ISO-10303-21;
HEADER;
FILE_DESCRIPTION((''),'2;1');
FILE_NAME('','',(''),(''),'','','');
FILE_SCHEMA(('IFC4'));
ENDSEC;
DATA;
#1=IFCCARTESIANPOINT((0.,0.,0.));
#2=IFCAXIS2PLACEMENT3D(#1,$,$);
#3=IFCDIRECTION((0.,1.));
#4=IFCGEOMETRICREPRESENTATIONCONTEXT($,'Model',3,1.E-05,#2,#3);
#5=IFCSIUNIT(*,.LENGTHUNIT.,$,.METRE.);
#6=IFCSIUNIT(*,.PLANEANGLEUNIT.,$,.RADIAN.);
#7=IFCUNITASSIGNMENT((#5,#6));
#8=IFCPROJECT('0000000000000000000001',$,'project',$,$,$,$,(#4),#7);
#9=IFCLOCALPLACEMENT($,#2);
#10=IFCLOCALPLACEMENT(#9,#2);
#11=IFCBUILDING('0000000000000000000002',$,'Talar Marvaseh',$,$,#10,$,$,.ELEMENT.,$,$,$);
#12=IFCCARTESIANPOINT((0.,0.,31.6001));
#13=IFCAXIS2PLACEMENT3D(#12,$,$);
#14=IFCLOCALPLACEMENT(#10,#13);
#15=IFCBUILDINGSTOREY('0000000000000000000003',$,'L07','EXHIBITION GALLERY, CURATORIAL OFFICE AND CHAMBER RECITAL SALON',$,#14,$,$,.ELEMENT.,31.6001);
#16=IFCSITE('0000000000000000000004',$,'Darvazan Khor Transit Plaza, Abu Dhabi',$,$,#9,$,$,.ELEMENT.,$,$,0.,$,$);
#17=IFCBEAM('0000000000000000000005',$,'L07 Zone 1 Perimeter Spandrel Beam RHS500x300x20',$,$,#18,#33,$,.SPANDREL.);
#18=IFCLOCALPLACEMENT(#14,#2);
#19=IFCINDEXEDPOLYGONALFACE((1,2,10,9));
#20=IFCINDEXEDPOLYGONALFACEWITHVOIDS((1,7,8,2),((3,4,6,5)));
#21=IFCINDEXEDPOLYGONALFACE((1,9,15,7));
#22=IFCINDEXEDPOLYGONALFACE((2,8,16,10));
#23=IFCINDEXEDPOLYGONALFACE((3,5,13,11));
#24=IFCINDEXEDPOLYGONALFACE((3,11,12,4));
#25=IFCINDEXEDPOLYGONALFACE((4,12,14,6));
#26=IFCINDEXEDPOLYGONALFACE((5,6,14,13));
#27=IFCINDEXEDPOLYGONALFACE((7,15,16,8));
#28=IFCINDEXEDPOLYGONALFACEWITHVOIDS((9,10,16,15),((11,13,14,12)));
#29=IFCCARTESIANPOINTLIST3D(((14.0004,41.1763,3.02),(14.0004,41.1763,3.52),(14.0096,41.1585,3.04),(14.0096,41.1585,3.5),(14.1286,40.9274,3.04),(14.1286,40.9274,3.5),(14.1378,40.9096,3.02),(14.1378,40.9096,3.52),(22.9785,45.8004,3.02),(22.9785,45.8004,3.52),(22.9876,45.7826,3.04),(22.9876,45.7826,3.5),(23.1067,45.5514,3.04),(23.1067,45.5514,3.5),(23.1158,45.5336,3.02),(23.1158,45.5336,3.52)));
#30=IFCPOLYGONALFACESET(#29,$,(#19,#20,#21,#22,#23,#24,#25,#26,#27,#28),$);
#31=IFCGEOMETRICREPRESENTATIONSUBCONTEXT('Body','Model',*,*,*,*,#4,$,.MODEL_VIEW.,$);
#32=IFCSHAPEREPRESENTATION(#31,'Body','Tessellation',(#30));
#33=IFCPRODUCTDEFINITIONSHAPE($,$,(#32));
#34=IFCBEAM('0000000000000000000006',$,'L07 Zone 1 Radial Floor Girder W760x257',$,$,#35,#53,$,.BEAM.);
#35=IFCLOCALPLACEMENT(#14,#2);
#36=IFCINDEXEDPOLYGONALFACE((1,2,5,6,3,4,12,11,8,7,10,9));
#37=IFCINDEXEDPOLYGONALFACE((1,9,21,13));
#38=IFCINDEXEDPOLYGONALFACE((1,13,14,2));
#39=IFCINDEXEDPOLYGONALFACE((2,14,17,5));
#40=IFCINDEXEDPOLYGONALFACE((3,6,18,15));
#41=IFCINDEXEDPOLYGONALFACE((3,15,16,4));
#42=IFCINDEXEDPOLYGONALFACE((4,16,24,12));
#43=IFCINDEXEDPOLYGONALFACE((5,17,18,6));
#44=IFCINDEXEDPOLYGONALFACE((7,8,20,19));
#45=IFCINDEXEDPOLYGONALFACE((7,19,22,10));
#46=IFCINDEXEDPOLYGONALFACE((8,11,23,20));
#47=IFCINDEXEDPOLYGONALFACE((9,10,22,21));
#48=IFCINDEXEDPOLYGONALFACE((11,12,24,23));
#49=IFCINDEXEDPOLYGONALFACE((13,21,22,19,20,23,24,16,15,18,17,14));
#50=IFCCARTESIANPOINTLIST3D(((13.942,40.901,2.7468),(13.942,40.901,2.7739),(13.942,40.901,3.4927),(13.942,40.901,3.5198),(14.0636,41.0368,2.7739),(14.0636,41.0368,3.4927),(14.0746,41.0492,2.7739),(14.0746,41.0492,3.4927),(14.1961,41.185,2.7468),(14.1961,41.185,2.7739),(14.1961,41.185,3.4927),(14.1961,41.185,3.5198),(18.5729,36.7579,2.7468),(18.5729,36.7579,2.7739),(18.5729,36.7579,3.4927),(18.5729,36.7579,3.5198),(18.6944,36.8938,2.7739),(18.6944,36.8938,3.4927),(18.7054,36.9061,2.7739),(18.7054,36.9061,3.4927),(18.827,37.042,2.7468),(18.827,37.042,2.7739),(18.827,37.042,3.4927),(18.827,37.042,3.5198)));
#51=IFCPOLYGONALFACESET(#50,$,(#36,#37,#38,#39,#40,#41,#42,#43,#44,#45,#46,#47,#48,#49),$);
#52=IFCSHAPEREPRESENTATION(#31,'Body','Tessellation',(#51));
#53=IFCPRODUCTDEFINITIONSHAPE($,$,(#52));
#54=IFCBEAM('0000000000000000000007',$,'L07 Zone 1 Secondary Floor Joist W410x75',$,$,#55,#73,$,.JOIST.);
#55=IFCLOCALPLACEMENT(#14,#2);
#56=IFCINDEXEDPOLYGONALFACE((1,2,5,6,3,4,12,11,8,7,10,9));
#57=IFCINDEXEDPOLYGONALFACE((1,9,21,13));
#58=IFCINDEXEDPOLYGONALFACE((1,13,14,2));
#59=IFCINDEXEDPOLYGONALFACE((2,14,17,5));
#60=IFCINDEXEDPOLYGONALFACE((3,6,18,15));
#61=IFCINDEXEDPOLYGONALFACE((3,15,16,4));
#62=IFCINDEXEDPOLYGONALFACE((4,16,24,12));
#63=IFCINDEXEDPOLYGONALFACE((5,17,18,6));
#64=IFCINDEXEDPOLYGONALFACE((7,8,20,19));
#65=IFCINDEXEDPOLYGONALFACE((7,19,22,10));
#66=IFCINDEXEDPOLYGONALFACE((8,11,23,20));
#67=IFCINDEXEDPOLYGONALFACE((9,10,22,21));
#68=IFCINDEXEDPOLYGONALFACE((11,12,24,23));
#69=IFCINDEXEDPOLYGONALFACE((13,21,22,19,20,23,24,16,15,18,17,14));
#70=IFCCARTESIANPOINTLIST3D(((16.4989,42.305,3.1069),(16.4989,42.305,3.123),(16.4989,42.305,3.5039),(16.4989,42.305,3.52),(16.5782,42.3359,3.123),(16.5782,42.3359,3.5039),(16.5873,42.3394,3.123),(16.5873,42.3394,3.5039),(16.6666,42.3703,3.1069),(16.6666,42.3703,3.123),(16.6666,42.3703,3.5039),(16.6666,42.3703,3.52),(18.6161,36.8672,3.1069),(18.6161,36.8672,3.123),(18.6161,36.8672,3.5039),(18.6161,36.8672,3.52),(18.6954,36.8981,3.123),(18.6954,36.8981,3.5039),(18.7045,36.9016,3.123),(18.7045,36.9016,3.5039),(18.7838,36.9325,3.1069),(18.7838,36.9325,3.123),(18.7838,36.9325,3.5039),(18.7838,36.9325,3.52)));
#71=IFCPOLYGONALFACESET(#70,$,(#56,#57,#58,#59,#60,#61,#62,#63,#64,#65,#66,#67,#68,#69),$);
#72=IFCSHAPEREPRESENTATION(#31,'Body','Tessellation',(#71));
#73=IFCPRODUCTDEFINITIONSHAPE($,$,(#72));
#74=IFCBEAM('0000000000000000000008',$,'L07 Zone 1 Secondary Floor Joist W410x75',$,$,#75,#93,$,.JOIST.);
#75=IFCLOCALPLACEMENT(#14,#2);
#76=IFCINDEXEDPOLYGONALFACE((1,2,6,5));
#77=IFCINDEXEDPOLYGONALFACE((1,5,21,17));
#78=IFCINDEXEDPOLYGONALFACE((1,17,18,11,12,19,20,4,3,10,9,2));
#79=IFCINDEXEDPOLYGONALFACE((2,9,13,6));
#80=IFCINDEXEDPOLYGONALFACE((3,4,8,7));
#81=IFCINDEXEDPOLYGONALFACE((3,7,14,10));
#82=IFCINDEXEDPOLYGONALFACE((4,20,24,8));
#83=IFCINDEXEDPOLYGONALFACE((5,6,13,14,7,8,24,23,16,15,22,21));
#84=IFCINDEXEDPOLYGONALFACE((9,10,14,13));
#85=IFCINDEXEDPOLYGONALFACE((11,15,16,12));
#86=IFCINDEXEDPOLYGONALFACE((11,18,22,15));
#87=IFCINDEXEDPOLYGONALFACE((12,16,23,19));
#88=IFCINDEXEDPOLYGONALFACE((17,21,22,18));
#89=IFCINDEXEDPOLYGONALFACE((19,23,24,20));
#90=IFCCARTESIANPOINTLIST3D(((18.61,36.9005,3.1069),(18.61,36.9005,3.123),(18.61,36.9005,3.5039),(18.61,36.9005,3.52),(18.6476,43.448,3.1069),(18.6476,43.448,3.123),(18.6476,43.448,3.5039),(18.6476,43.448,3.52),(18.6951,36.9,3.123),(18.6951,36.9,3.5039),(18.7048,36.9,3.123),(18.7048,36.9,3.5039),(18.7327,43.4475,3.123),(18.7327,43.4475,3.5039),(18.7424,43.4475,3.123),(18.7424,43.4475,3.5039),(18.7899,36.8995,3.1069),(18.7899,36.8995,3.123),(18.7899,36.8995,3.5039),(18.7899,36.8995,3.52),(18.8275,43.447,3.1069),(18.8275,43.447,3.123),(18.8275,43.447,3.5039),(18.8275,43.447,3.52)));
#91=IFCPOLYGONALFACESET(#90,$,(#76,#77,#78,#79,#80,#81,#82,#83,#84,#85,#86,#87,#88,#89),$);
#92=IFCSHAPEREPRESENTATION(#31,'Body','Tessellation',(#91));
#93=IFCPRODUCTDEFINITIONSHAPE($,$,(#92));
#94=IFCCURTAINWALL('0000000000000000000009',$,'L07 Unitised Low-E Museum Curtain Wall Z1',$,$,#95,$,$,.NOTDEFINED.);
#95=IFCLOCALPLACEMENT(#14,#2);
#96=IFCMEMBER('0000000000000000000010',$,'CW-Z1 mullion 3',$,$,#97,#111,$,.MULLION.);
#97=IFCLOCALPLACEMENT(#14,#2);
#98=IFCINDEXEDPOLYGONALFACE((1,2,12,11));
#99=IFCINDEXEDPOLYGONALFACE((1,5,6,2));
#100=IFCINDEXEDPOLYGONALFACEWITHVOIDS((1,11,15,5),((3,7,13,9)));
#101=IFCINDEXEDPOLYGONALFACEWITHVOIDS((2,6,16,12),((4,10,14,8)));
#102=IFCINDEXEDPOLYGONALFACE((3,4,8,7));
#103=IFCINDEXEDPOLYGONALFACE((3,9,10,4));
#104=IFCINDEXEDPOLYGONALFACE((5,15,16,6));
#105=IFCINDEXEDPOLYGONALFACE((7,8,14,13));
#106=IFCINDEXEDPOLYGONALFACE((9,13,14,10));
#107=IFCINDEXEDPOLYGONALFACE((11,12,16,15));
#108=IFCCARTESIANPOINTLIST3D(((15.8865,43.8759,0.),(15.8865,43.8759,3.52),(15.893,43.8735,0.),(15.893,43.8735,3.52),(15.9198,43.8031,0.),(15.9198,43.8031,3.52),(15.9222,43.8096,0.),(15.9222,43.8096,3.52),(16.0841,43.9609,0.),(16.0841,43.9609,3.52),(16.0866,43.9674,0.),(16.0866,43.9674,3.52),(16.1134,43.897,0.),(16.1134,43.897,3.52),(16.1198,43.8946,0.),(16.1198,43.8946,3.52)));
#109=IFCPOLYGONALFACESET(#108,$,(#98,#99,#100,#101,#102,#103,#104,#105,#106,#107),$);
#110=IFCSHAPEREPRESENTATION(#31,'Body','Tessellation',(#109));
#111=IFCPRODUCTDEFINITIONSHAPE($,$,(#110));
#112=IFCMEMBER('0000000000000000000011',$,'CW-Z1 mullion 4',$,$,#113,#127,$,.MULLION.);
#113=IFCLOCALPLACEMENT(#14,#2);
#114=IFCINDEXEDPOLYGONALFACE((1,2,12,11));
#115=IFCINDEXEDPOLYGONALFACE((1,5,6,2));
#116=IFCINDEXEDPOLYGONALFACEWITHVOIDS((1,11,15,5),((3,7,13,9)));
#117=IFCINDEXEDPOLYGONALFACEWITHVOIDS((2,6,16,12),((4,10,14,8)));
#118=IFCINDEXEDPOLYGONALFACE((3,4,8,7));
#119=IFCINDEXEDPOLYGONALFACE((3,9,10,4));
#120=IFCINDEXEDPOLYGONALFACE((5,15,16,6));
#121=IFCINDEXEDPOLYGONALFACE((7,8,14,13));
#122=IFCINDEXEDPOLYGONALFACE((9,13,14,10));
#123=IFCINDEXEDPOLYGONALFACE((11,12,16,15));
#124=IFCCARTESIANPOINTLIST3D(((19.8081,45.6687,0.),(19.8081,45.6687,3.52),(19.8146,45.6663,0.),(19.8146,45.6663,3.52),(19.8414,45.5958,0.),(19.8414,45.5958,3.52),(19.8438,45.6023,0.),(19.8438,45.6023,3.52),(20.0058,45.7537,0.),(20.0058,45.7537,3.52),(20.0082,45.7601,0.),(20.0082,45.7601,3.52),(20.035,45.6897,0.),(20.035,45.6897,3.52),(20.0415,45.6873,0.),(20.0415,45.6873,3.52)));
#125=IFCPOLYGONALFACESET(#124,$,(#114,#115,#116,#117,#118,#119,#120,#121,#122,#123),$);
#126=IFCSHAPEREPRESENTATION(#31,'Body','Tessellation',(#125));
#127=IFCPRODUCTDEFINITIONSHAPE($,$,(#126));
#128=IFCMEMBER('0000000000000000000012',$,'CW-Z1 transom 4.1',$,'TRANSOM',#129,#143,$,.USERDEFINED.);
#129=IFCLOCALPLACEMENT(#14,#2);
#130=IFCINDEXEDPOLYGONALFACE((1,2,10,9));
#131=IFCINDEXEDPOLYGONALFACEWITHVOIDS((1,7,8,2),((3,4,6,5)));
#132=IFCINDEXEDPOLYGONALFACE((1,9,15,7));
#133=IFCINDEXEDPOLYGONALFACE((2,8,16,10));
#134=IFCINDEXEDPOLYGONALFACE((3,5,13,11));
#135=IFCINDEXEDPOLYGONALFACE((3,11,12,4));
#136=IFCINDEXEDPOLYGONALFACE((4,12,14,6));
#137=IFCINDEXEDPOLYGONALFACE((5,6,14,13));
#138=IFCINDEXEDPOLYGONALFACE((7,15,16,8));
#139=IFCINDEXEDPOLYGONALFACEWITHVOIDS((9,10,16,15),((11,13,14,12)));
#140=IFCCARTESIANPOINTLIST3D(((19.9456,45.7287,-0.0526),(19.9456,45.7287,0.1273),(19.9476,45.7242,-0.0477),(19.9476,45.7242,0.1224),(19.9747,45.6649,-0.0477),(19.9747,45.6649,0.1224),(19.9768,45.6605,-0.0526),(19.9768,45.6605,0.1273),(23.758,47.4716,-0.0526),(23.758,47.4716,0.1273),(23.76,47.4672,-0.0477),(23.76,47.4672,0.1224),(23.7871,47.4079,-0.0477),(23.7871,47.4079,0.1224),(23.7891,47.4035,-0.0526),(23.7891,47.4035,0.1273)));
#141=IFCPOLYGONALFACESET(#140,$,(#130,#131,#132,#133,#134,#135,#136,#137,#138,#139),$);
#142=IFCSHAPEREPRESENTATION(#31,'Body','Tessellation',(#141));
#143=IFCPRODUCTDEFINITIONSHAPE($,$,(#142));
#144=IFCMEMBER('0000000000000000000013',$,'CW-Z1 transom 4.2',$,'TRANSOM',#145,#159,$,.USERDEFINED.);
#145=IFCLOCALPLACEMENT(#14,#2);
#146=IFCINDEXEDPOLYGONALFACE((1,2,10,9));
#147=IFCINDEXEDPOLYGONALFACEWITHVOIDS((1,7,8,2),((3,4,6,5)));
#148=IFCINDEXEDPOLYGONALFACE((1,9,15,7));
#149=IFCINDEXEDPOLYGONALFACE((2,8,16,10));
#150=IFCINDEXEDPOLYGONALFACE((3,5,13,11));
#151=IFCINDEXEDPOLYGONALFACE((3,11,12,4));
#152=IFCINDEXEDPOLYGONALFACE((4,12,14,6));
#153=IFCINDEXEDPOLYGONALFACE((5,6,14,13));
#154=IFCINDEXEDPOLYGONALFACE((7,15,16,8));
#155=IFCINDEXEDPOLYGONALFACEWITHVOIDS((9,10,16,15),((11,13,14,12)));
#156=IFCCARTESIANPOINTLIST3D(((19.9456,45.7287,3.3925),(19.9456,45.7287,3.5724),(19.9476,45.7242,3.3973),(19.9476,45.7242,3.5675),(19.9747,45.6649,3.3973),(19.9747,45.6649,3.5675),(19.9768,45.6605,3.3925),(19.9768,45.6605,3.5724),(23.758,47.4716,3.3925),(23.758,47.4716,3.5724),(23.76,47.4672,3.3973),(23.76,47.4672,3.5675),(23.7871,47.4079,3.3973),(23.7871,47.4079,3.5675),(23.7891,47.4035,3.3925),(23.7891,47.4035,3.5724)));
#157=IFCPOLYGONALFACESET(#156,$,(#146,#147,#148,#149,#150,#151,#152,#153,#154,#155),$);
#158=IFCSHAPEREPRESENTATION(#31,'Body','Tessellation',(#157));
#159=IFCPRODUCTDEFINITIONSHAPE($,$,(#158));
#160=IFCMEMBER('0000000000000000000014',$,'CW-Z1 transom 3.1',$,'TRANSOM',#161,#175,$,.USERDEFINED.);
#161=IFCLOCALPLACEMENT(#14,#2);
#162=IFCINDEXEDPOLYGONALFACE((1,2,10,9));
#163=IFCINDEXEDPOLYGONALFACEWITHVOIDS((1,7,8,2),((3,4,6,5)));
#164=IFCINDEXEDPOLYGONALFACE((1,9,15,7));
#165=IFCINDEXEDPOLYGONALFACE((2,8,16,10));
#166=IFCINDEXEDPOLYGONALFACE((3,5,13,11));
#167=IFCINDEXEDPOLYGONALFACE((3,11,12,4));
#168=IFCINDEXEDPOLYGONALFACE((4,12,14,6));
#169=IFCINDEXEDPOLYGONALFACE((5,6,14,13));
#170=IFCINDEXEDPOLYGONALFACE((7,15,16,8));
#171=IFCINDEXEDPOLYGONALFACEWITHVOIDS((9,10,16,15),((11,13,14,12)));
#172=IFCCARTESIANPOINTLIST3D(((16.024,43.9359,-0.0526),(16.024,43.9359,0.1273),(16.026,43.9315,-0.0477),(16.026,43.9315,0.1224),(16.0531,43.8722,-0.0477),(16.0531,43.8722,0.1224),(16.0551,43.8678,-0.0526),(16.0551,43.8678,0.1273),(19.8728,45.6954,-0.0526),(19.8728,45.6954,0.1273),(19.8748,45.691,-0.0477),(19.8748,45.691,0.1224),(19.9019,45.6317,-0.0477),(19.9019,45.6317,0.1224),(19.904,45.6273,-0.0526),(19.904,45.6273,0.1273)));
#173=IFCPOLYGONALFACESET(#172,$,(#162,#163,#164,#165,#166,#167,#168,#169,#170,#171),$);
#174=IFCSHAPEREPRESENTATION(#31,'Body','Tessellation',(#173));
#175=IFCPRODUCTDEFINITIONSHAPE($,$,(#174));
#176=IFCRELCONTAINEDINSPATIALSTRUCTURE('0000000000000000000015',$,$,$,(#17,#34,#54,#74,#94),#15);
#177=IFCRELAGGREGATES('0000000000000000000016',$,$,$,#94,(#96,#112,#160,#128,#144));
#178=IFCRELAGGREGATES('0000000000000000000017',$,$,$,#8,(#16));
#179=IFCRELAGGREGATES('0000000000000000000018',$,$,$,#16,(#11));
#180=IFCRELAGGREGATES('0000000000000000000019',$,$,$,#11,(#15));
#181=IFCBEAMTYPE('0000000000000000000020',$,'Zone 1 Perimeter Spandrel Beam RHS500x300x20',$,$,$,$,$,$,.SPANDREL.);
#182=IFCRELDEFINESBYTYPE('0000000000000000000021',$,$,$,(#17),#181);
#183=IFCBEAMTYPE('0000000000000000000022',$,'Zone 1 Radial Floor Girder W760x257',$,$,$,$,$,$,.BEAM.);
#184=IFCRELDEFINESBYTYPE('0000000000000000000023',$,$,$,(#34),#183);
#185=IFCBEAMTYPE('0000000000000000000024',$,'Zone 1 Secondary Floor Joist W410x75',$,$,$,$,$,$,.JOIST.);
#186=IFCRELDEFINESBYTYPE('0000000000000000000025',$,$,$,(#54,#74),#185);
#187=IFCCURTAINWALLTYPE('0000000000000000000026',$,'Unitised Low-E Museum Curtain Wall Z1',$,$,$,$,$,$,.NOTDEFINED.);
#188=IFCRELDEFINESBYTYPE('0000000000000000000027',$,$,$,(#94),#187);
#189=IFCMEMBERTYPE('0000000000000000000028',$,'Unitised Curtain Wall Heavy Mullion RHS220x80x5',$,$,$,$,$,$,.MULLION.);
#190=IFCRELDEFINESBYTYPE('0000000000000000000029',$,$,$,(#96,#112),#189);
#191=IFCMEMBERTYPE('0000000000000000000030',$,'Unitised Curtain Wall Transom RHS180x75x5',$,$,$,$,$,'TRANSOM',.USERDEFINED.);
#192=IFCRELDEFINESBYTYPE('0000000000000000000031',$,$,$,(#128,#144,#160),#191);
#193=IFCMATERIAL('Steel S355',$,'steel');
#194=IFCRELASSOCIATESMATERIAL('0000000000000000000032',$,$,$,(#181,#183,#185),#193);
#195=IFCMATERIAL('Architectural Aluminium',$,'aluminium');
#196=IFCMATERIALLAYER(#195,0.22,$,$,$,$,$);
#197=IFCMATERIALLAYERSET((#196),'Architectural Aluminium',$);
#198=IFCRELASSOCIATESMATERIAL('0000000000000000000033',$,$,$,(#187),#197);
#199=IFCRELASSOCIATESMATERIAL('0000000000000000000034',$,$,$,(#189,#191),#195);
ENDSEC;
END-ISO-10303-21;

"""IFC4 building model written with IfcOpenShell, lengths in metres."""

from ifc_helpers import new_model, si_unit, direction, frame, origin, origin_2d, place, context, subcontext, project, spatial, hollow_rectangle, i_section, extrude, source, transform, mapped, material, layer, layer_set, material_profile, profile_set, type_object, type_shapes, element, aggregate, save


model = new_model("IFC4")

# Units and contexts
model_context = context("Model", 3, precision=1e-05, world=origin(), true_north=direction((0.0, 1.0)))
body_context = subcontext(model_context, "Body", "Model", "MODEL_VIEW")
ifc_project = project(units=[si_unit("LENGTHUNIT", "METRE"), si_unit("PLANEANGLEUNIT", "RADIAN")], contexts=[model_context])

# Site, building, storey
site_placement = place(None, origin())
site = spatial("IfcSite", under=ifc_project, at=site_placement, Name="Darvazan Khor Transit Plaza, Abu Dhabi", CompositionType="ELEMENT", RefElevation=0.0)
building_placement = place(site_placement, origin())
building = spatial("IfcBuilding", under=site, at=building_placement, Name="Talar Marvaseh", CompositionType="ELEMENT")
storey_placement = place(building_placement, frame((0.0, 0.0, 31.6001)))
storey = spatial("IfcBuildingStorey", under=building, at=storey_placement, Name="L07", Description="EXHIBITION GALLERY, CURATORIAL OFFICE AND CHAMBER RECITAL SALON", CompositionType="ELEMENT", Elevation=31.6001)

# Beams
ifc_material_1 = material(Name="Steel S355", Category="steel")
ifc_material_profile_1 = material_profile(ifc_material_1, hollow_rectangle(XDim=0.3, YDim=0.5, WallThickness=0.02, at=origin_2d()), Name="RHS500x300x20")
ifc_profile_set_1 = profile_set([ifc_material_profile_1], Name="Steel S355")
beam_type_1 = type_object("IfcBeamType", Name="Zone 1 Perimeter Spandrel Beam RHS500x300x20", PredefinedType="SPANDREL", material=ifc_profile_set_1)
beam_1_placement = place(storey_placement, frame((14.0691, 41.043, 3.27), z_axis=(0.889016, 0.457877, 0.0), x_axis=(-0.457877, 0.889016, 0.0)))
element("IfcBeam", 1, at=beam_1_placement, inside=storey, type_object=beam_type_1, Name="L07 Zone 1 Perimeter Spandrel Beam RHS500x300x20", PredefinedType="SPANDREL", context=body_context, shape_type="SweptSolid", body=[
    extrude(hollow_rectangle(XDim=0.3, YDim=0.5, WallThickness=0.02, at=origin_2d()), origin(), (0.0, 0.0, 1.0), 10.0989),
])
ifc_material_profile_2 = material_profile(ifc_material_1, i_section(OverallWidth=0.3811, OverallDepth=0.7729, WebThickness=0.0166, FlangeThickness=0.0271, at=origin_2d()), Name="W760x257")
ifc_profile_set_2 = profile_set([ifc_material_profile_2], Name="Steel S355")
beam_type_2 = type_object("IfcBeamType", Name="Zone 1 Radial Floor Girder W760x257", PredefinedType="BEAM", material=ifc_profile_set_2)
beam_2_placement = place(storey_placement, frame((14.0691, 41.043, 3.1333), z_axis=(0.745268, -0.666765, 0.0), x_axis=(0.666765, 0.745268, 0.0)))
element("IfcBeam", 2, at=beam_2_placement, inside=storey, type_object=beam_type_2, Name="L07 Zone 1 Radial Floor Girder W760x257", PredefinedType="BEAM", context=body_context, shape_type="SweptSolid", body=[
    extrude(i_section(OverallWidth=0.3811, OverallDepth=0.7729, WebThickness=0.0166, FlangeThickness=0.0271, at=origin_2d()), origin(), (0.0, 0.0, 1.0), 6.2136),
])
ifc_material_profile_3 = material_profile(ifc_material_1, i_section(OverallWidth=0.1799, OverallDepth=0.4131, WebThickness=0.0098, FlangeThickness=0.0161, at=origin_2d()), Name="W410x75")
ifc_profile_set_3 = profile_set([ifc_material_profile_3], Name="Steel S355")
beam_type_3 = type_object("IfcBeamType", Name="Zone 1 Secondary Floor Joist W410x75", PredefinedType="JOIST", material=ifc_profile_set_3)
beam_3_placement = place(storey_placement, frame((16.5828, 42.3376, 3.3135), z_axis=(0.36282, -0.931859, 0.0), x_axis=(0.931859, 0.36282, 0.0)))
element("IfcBeam", 3, at=beam_3_placement, inside=storey, type_object=beam_type_3, Name="L07 Zone 1 Secondary Floor Joist W410x75", PredefinedType="JOIST", context=body_context, shape_type="SweptSolid", body=[
    extrude(i_section(OverallWidth=0.1799, OverallDepth=0.4131, WebThickness=0.0098, FlangeThickness=0.0161, at=origin_2d()), origin(), (0.0, 0.0, 1.0), 5.8354),
])
beam_4_placement = place(storey_placement, frame((18.7375, 43.4475, 3.3135), z_axis=(-0.005742, -0.999984, 0.0), x_axis=(0.999984, -0.005742, 0.0)))
element("IfcBeam", 4, at=beam_4_placement, inside=storey, type_object=beam_type_3, Name="L07 Zone 1 Secondary Floor Joist W410x75", PredefinedType="JOIST", context=body_context, shape_type="SweptSolid", body=[
    extrude(i_section(OverallWidth=0.1799, OverallDepth=0.4131, WebThickness=0.0098, FlangeThickness=0.0161, at=origin_2d()), origin(), (0.0, 0.0, 1.0), 6.5476),
])

# Curtain wall, members
ifc_material_2 = material(Name="Architectural Aluminium", Category="aluminium")
ifc_layer_1 = layer(ifc_material_2, 0.22)
ifc_layer_set_1 = layer_set([ifc_layer_1], Name="Architectural Aluminium")
curtain_wall_type = type_object("IfcCurtainWallType", Name="Unitised Low-E Museum Curtain Wall Z1", PredefinedType="NOTDEFINED", material=ifc_layer_set_1)
curtain_wall_placement = place(storey_placement, origin())
curtain_wall = element("IfcCurtainWall", 5, at=curtain_wall_placement, inside=storey, type_object=curtain_wall_type, Name="L07 Unitised Low-E Museum Curtain Wall Z1", PredefinedType="NOTDEFINED")
ifc_material_profile_4 = material_profile(ifc_material_2, hollow_rectangle(XDim=0.0801, YDim=0.22, WallThickness=0.0049, at=origin_2d()), Name="RHS220x80x5")
ifc_profile_set_4 = profile_set([ifc_material_profile_4], Name="Architectural Aluminium")
member_type_1 = type_object("IfcMemberType", Name="Unitised Curtain Wall Heavy Mullion RHS220x80x5", PredefinedType="MULLION", material=ifc_profile_set_4)
shared_shape_1 = source(origin(), body_context, "Body", "SweptSolid", [
    extrude(hollow_rectangle(XDim=0.0801, YDim=0.22, WallThickness=0.0049, at=origin_2d()), origin(), (0.0, 0.0, 1.0), 3.52),
])
type_shapes(member_type_1, [shared_shape_1])
member_1_placement = place(storey_placement, frame((16.0032, 43.8853, 0.0), z_axis=(0.0, 0.0, 1.0), x_axis=(-0.41577, 0.90947, 0.0)))
member_1 = element("IfcMember", 6, at=member_1_placement, type_object=member_type_1, Name="CW-Z1 mullion 3", PredefinedType="MULLION", context=body_context, shape_type="MappedRepresentation", body=[
    mapped(shared_shape_1, transform((0.0, 0.0, 0.0), x_axis=(1.0, 0.0, 0.0), y_axis=(0.0, 1.0, 0.0), z_axis=(0.0, 0.0, 1.0), scale=1.0)),
])
member_2_placement = place(storey_placement, frame((19.9248, 45.678, 0.0), z_axis=(0.0, 0.0, 1.0), x_axis=(-0.41577, 0.90947, 0.0)))
member_2 = element("IfcMember", 7, at=member_2_placement, type_object=member_type_1, Name="CW-Z1 mullion 4", PredefinedType="MULLION", context=body_context, shape_type="MappedRepresentation", body=[
    mapped(shared_shape_1, transform((0.0, 0.0, 0.0), x_axis=(1.0, 0.0, 0.0), y_axis=(0.0, 1.0, 0.0), z_axis=(0.0, 0.0, 1.0), scale=1.0)),
])
ifc_material_profile_5 = material_profile(ifc_material_2, hollow_rectangle(XDim=0.075, YDim=0.1799, WallThickness=0.0049, at=origin_2d()), Name="RHS180x75x5")
ifc_profile_set_5 = profile_set([ifc_material_profile_5], Name="Architectural Aluminium")
member_type_2 = type_object("IfcMemberType", Name="Unitised Curtain Wall Transom RHS180x75x5", ElementType="TRANSOM", PredefinedType="USERDEFINED", material=ifc_profile_set_5)
shared_shape_2 = source(origin(), body_context, "Body", "SweptSolid", [
    extrude(hollow_rectangle(XDim=0.075, YDim=0.1799, WallThickness=0.0049, at=origin_2d()), origin(), (0.0, 0.0, 1.0), 4.1919),
])
member_3_placement = place(storey_placement, frame((19.9612, 45.6946, 0.0374), z_axis=(0.909459, 0.415794, 0.0), x_axis=(-0.415794, 0.909459, 0.0)))
member_3 = element("IfcMember", 8, at=member_3_placement, type_object=member_type_2, Name="CW-Z1 transom 4.1", ObjectType="TRANSOM", PredefinedType="USERDEFINED", context=body_context, shape_type="MappedRepresentation", body=[
    mapped(shared_shape_2, transform((0.0, 0.0, 0.0), x_axis=(1.0, 0.0, 0.0), y_axis=(0.0, 1.0, 0.0), z_axis=(0.0, 0.0, 1.0), scale=1.0)),
])
member_4_placement = place(storey_placement, frame((19.9612, 45.6946, 3.4824), z_axis=(0.909459, 0.415794, 0.0), x_axis=(-0.415794, 0.909459, 0.0)))
member_4 = element("IfcMember", 9, at=member_4_placement, type_object=member_type_2, Name="CW-Z1 transom 4.2", ObjectType="TRANSOM", PredefinedType="USERDEFINED", context=body_context, shape_type="MappedRepresentation", body=[
    mapped(shared_shape_2, transform((0.0, 0.0, 0.0), x_axis=(1.0, 0.0, 0.0), y_axis=(0.0, 1.0, 0.0), z_axis=(0.0, 0.0, 1.0), scale=1.0)),
])
shared_shape_3 = source(origin(), body_context, "Body", "SweptSolid", [
    extrude(hollow_rectangle(XDim=0.075, YDim=0.1799, WallThickness=0.0049, at=origin_2d()), origin(), (0.0, 0.0, 1.0), 4.2319),
])
type_shapes(member_type_2, [shared_shape_2, shared_shape_3])
member_5_placement = place(storey_placement, frame((16.0396, 43.9019, 0.0374), z_axis=(0.909471, 0.415767, 0.0), x_axis=(-0.415767, 0.909471, 0.0)))
member_5 = element("IfcMember", 10, at=member_5_placement, type_object=member_type_2, Name="CW-Z1 transom 3.1", ObjectType="TRANSOM", PredefinedType="USERDEFINED", context=body_context, shape_type="MappedRepresentation", body=[
    mapped(shared_shape_3, transform((0.0, 0.0, 0.0), x_axis=(1.0, 0.0, 0.0), y_axis=(0.0, 1.0, 0.0), z_axis=(0.0, 0.0, 1.0), scale=1.0)),
])
aggregate(curtain_wall, [member_1, member_2, member_5, member_3, member_4])

save(model, "model.ifc")
